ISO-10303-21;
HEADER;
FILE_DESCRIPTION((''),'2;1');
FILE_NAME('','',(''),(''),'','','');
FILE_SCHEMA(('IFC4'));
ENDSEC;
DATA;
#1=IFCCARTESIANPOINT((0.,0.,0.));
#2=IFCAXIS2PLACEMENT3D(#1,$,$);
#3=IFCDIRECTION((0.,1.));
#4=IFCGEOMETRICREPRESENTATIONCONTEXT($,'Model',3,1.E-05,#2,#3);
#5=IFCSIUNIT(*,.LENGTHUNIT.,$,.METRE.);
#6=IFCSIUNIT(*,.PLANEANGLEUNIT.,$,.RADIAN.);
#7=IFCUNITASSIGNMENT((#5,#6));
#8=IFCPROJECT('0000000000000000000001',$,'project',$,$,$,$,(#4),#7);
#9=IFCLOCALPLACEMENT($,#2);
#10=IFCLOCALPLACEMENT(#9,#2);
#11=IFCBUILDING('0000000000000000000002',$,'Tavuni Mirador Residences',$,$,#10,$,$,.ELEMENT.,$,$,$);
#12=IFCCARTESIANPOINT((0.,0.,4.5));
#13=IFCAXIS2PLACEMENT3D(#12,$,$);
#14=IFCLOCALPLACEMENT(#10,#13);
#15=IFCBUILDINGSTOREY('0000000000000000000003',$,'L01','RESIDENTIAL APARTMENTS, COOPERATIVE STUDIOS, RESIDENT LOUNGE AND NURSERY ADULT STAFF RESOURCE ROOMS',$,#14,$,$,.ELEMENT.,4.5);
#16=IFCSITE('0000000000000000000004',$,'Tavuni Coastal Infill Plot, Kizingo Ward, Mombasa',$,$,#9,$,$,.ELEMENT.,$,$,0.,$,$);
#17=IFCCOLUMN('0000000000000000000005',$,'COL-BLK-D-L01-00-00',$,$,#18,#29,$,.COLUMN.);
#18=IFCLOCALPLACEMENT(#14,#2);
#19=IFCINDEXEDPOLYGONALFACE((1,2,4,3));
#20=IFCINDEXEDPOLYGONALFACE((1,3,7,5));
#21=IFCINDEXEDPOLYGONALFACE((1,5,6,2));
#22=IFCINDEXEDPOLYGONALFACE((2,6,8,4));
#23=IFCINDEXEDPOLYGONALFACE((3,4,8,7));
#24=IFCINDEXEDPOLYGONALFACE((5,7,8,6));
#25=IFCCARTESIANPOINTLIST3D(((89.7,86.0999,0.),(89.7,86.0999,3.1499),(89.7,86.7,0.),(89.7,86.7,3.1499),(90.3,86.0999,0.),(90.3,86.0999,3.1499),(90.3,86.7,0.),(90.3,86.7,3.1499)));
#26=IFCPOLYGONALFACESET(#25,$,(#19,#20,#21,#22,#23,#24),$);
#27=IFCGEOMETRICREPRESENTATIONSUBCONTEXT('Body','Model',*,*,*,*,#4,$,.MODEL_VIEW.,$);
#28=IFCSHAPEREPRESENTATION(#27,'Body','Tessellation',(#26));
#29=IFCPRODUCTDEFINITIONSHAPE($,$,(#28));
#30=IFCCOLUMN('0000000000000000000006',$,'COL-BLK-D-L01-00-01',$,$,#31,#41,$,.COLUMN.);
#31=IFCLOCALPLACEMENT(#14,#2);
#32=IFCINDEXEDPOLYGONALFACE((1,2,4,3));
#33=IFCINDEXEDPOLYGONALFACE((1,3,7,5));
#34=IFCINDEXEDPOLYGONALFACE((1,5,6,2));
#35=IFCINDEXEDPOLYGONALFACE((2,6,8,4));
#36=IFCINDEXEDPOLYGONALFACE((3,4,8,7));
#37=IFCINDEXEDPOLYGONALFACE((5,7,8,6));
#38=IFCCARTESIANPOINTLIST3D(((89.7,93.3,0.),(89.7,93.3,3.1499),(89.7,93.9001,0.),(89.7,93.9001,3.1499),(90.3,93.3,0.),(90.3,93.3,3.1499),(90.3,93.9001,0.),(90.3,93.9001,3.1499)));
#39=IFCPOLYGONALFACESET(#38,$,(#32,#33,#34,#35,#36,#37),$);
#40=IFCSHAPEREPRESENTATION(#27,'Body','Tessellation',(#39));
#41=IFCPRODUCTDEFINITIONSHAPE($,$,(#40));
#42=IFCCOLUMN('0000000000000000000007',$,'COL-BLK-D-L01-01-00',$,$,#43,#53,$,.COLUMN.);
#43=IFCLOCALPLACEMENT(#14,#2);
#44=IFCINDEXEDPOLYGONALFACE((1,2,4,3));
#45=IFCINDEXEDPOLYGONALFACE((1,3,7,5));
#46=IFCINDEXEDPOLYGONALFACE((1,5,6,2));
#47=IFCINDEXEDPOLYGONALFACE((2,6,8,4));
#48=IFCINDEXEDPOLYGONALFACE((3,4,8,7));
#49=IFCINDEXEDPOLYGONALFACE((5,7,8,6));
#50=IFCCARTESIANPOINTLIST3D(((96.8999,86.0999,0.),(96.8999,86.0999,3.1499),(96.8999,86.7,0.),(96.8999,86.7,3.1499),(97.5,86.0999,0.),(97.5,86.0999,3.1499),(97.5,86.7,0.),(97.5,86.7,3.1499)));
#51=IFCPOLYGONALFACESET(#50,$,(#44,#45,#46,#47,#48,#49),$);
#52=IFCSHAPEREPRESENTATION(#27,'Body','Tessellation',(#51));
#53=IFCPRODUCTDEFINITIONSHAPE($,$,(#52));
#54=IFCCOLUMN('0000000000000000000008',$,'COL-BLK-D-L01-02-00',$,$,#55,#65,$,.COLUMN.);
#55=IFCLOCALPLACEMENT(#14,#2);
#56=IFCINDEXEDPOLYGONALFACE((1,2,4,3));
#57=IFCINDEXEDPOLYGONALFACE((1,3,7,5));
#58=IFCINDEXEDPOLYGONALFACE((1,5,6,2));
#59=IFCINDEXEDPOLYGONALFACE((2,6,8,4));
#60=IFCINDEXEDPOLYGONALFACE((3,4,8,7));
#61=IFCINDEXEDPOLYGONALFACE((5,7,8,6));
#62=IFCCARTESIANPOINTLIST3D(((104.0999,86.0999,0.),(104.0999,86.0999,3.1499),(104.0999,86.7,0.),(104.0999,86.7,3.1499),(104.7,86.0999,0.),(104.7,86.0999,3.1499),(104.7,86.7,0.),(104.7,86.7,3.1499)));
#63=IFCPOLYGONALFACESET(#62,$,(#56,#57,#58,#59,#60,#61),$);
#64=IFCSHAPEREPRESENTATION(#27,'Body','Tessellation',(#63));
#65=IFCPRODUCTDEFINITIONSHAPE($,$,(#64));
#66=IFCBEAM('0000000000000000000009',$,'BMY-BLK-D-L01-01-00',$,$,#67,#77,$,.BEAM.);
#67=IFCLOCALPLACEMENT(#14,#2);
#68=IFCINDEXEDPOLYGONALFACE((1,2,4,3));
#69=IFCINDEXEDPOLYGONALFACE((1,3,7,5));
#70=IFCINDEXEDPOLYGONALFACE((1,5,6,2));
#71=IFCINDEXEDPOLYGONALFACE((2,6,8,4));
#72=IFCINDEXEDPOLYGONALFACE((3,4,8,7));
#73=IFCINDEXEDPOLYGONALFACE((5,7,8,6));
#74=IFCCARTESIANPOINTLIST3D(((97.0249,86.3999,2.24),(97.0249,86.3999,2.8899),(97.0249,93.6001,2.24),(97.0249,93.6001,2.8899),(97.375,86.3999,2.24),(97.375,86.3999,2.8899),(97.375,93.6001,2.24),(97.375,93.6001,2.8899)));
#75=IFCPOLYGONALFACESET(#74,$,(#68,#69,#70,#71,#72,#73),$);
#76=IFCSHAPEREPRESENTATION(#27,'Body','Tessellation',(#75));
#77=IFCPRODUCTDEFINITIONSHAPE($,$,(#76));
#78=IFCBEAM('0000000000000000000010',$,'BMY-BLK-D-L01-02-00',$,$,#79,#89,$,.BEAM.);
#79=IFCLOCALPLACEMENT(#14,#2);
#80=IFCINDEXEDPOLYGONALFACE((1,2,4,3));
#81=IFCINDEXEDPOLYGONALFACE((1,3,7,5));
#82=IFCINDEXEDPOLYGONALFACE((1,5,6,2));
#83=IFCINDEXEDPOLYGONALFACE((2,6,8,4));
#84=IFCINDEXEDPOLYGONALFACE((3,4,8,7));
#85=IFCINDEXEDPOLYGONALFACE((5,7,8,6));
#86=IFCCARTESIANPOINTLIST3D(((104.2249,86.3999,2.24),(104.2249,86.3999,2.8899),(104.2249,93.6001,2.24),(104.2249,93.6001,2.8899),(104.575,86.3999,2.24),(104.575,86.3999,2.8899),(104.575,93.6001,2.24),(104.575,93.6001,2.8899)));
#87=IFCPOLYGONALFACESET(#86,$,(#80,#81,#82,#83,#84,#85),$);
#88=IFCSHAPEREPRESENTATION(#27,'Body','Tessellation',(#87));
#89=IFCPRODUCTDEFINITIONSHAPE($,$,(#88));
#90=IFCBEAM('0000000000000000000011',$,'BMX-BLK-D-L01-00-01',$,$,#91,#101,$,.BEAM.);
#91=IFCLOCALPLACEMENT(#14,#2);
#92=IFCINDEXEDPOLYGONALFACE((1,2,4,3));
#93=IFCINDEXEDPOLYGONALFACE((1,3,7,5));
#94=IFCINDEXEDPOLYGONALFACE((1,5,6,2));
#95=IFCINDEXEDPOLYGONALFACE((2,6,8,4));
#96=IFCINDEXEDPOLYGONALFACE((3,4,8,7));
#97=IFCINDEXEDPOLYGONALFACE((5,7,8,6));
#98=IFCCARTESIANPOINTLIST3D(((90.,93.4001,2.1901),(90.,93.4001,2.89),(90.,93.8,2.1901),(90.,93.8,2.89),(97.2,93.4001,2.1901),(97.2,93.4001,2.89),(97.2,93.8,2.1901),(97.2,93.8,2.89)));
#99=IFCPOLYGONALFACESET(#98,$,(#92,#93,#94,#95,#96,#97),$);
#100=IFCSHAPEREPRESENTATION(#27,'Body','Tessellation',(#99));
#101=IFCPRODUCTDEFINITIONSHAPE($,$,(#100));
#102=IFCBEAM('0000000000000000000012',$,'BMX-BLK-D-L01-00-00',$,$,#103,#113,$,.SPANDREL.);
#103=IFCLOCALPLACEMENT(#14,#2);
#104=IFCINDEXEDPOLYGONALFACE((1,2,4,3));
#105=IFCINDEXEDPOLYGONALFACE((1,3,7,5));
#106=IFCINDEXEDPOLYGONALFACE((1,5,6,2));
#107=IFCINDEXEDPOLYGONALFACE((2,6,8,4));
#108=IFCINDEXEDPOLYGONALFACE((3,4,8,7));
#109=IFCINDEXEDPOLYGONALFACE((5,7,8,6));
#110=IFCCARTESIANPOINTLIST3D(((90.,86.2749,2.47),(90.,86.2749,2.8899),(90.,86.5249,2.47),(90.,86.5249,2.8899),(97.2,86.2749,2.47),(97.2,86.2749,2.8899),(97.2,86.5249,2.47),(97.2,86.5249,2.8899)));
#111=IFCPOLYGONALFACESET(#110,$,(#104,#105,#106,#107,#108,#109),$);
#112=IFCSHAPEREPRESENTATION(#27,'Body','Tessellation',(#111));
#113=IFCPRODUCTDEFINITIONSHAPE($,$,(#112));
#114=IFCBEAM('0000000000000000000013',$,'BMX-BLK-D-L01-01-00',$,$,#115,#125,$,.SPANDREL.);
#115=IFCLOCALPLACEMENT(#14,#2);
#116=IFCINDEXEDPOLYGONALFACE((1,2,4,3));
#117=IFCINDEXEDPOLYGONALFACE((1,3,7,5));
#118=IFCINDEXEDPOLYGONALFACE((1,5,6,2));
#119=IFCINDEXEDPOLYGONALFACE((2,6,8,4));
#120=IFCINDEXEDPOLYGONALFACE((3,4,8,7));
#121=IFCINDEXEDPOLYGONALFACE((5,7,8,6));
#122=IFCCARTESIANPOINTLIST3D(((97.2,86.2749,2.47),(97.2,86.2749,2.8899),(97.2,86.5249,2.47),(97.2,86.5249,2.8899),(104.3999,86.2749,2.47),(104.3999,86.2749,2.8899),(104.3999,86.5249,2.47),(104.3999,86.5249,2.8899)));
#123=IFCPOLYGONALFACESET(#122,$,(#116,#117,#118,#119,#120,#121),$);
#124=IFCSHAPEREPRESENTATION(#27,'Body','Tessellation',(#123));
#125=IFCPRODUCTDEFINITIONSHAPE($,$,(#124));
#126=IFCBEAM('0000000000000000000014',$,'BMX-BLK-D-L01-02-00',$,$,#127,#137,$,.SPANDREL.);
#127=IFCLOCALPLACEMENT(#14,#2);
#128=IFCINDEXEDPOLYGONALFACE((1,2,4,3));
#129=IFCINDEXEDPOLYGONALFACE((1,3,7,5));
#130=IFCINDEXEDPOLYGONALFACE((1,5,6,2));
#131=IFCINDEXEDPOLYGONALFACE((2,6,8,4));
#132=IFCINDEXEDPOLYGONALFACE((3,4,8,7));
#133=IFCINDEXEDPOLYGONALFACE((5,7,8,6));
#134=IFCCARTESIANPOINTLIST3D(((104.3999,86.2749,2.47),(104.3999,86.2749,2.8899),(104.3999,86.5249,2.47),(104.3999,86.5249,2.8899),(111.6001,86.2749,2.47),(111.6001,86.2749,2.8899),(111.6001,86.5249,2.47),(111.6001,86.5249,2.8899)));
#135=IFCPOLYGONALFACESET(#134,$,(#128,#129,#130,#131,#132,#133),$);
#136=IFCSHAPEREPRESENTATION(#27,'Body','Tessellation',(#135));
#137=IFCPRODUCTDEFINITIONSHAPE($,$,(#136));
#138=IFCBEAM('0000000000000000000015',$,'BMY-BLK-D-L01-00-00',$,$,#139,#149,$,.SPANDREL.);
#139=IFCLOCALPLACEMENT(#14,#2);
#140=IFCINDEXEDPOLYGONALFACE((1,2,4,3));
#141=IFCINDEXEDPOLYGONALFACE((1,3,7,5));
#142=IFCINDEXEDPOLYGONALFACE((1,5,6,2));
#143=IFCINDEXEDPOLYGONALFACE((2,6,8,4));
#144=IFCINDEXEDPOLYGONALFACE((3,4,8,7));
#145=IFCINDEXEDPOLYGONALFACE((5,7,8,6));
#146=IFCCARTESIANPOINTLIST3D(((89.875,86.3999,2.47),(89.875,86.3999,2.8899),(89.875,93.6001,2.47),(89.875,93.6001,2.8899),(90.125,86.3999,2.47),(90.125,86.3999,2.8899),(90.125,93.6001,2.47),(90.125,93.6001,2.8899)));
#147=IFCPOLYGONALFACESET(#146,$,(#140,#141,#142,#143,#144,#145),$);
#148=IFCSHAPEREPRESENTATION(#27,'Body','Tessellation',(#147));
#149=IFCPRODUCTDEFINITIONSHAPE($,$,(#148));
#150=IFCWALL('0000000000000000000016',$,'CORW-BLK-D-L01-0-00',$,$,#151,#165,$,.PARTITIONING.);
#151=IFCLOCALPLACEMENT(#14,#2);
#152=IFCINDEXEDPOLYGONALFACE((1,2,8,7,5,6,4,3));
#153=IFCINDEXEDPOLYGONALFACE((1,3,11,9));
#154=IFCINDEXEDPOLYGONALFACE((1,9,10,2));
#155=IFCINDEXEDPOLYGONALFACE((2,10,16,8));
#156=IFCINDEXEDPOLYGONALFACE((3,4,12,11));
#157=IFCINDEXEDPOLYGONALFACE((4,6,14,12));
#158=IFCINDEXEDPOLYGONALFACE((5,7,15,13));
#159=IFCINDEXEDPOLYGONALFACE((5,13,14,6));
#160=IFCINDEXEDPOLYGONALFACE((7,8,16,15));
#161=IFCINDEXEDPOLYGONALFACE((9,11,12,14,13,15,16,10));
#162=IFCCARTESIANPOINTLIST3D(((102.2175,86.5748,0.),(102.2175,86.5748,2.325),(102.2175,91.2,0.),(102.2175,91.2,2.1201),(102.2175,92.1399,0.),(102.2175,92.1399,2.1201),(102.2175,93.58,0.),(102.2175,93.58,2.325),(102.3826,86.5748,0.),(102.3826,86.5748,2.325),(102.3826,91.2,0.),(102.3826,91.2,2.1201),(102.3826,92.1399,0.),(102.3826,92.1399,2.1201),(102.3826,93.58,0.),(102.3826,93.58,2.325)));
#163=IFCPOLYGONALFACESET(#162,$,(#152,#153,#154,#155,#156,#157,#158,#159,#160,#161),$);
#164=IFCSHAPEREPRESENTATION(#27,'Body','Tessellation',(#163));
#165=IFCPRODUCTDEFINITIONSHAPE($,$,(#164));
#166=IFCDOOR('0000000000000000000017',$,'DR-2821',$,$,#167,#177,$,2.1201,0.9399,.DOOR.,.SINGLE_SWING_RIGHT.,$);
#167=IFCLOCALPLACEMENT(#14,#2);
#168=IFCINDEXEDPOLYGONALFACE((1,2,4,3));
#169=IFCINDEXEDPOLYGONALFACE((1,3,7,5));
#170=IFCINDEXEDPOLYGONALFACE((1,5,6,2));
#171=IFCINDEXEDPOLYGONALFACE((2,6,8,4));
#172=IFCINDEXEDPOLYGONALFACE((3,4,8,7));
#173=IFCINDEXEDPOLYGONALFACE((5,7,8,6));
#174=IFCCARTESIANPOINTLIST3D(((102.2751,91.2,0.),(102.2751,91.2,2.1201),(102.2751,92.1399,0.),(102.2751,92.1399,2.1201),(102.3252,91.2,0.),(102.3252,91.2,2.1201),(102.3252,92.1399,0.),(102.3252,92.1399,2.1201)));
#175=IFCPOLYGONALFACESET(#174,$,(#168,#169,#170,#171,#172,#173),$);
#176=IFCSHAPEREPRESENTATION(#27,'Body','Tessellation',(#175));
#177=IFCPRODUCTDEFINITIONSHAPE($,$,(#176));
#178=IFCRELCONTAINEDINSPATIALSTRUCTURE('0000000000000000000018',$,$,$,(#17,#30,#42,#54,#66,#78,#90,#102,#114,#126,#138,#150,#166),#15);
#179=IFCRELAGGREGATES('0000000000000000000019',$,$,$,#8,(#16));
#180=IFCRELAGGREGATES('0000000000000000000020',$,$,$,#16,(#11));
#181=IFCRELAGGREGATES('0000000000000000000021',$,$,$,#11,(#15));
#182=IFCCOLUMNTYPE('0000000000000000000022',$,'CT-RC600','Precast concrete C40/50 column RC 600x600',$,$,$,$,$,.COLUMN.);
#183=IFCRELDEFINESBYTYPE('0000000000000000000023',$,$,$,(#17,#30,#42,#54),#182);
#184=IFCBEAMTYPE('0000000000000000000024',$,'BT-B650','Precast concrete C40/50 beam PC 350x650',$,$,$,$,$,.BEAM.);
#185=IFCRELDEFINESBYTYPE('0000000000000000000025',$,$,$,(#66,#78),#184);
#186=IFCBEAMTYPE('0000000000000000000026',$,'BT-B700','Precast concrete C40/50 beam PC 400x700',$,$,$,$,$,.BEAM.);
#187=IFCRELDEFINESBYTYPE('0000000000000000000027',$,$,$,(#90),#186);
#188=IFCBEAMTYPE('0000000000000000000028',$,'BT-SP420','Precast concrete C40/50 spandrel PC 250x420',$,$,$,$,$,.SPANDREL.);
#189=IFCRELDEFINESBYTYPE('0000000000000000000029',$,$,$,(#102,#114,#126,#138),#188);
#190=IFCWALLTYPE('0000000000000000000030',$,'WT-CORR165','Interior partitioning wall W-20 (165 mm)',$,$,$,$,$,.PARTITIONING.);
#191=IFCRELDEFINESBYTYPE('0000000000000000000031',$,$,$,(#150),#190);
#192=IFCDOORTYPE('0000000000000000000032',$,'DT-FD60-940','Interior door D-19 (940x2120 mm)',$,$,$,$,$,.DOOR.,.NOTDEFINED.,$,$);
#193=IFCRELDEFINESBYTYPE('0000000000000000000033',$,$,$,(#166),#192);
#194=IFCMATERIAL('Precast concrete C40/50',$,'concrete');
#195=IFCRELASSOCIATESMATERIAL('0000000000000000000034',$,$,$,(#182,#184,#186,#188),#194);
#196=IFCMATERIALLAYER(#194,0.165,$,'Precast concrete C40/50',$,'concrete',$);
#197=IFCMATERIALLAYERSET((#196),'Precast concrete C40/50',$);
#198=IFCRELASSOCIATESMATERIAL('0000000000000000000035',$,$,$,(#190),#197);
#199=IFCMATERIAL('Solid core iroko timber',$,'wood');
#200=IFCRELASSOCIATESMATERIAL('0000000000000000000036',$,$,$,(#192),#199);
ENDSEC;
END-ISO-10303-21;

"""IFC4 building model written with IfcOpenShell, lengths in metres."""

from ifc_helpers import new_model, si_unit, direction, frame, frame_2d, origin, origin_2d, place, context, subcontext, project, spatial, rectangle, extrude, material, layer, layer_set, material_profile, profile_set, type_object, element, fill, save


model = new_model("IFC4")

# Units and contexts
model_context = context("Model", 3, precision=1e-05, world=origin(), true_north=direction((0.0, 1.0)))
body_context = subcontext(model_context, "Body", "Model", "MODEL_VIEW")
ifc_project = project(units=[si_unit("LENGTHUNIT", "METRE"), si_unit("PLANEANGLEUNIT", "RADIAN")], contexts=[model_context])

# Site, building, storey
site_placement = place(None, origin())
site = spatial("IfcSite", under=ifc_project, at=site_placement, Name="Tavuni Coastal Infill Plot, Kizingo Ward, Mombasa", CompositionType="ELEMENT", RefElevation=0.0)
building_placement = place(site_placement, origin())
building = spatial("IfcBuilding", under=site, at=building_placement, Name="Tavuni Mirador Residences", CompositionType="ELEMENT")
storey_placement = place(building_placement, frame((0.0, 0.0, 4.5)))
storey = spatial("IfcBuildingStorey", under=building, at=storey_placement, Name="L01", Description="RESIDENTIAL APARTMENTS, COOPERATIVE STUDIOS, RESIDENT LOUNGE AND NURSERY ADULT STAFF RESOURCE ROOMS", CompositionType="ELEMENT", Elevation=4.5)

# Columns
ifc_material_1 = material(Name="Precast concrete C40/50", Category="concrete")
ifc_material_profile_1 = material_profile(ifc_material_1, rectangle(XDim=0.6001, YDim=0.6001, at=origin_2d()), Name="RC 600x600", Category="concrete")
ifc_profile_set_1 = profile_set([ifc_material_profile_1], Name="Precast concrete C40/50")
column_type = type_object("IfcColumnType", Name="CT-RC600", Description="Precast concrete C40/50 column RC 600x600", PredefinedType="COLUMN", material=ifc_profile_set_1)
for number, where, z_axis, x_axis, name in (
    (1, (90.0, 86.3999, 0.0), (0.0, 0.0, 1.0), (1.0, 0.0, 0.0), "COL-BLK-D-L01-00-00"),
    (2, (90.0, 93.6001, 0.0), (0.0, 0.0, 1.0), (1.0, 0.0, 0.0), "COL-BLK-D-L01-00-01"),
    (3, (97.2, 86.3999, 0.0), (0.0, 0.0, 1.0), (1.0, 0.0, 0.0), "COL-BLK-D-L01-01-00"),
    (4, (104.3999, 86.3999, 0.0), (0.0, 0.0, 1.0), (1.0, 0.0, 0.0), "COL-BLK-D-L01-02-00"),
):
    element("IfcColumn", number, at=place(storey_placement, frame(where, z_axis=z_axis, x_axis=x_axis)), inside=storey, type_object=column_type, Name=name, PredefinedType="COLUMN", context=body_context, shape_type="SweptSolid", body=[
        extrude(rectangle(XDim=0.6001, YDim=0.6001, at=origin_2d()), origin(), (0.0, 0.0, 1.0), 3.1499),
    ])

# Beams
ifc_material_profile_2 = material_profile(ifc_material_1, rectangle(XDim=0.3501, YDim=0.6499, at=origin_2d()), Name="PC 350x650", Category="concrete")
ifc_profile_set_2 = profile_set([ifc_material_profile_2], Name="Precast concrete C40/50")
beam_type_1 = type_object("IfcBeamType", Name="BT-B650", Description="Precast concrete C40/50 beam PC 350x650", PredefinedType="BEAM", material=ifc_profile_set_2)
for number, where, z_axis, x_axis, name in (
    (5, (97.2, 86.3999, 2.5649), (0.0, 1.0, 0.0), (-1.0, 0.0, 0.0), "BMY-BLK-D-L01-01-00"),
    (6, (104.3999, 86.3999, 2.5649), (0.0, 1.0, 0.0), (-1.0, 0.0, 0.0), "BMY-BLK-D-L01-02-00"),
):
    element("IfcBeam", number, at=place(storey_placement, frame(where, z_axis=z_axis, x_axis=x_axis)), inside=storey, type_object=beam_type_1, Name=name, PredefinedType="BEAM", context=body_context, shape_type="SweptSolid", body=[
        extrude(rectangle(XDim=0.3501, YDim=0.6499, at=origin_2d()), origin(), (0.0, 0.0, 1.0), 7.2002),
    ])
ifc_material_profile_3 = material_profile(ifc_material_1, rectangle(XDim=0.3999, YDim=0.7, at=origin_2d()), Name="PC 400x700", Category="concrete")
ifc_profile_set_3 = profile_set([ifc_material_profile_3], Name="Precast concrete C40/50")
beam_type_2 = type_object("IfcBeamType", Name="BT-B700", Description="Precast concrete C40/50 beam PC 400x700", PredefinedType="BEAM", material=ifc_profile_set_3)
beam_placement = place(storey_placement, frame((90.0, 93.6001, 2.54), z_axis=(1.0, 0.0, 0.0), x_axis=(0.0, 1.0, 0.0)))
element("IfcBeam", 7, at=beam_placement, inside=storey, type_object=beam_type_2, Name="BMX-BLK-D-L01-00-01", PredefinedType="BEAM", context=body_context, shape_type="SweptSolid", body=[
    extrude(rectangle(XDim=0.3999, YDim=0.7, at=origin_2d()), origin(), (0.0, 0.0, 1.0), 7.2),
])
ifc_material_profile_4 = material_profile(ifc_material_1, rectangle(XDim=0.25, YDim=0.4199, at=origin_2d()), Name="PC 250x420", Category="concrete")
ifc_profile_set_4 = profile_set([ifc_material_profile_4], Name="Precast concrete C40/50")
beam_type_3 = type_object("IfcBeamType", Name="BT-SP420", Description="Precast concrete C40/50 spandrel PC 250x420", PredefinedType="SPANDREL", material=ifc_profile_set_4)
for number, where, z_axis, x_axis, name in (
    (8, (90.0, 86.3999, 2.6799), (1.0, 0.0, 0.0), (0.0, 1.0, 0.0), "BMX-BLK-D-L01-00-00"),
    (9, (97.2, 86.3999, 2.6799), (1.0, 0.0, 0.0), (0.0, 1.0, 0.0), "BMX-BLK-D-L01-01-00"),
):
    element("IfcBeam", number, at=place(storey_placement, frame(where, z_axis=z_axis, x_axis=x_axis)), inside=storey, type_object=beam_type_3, Name=name, PredefinedType="SPANDREL", context=body_context, shape_type="SweptSolid", body=[
        extrude(rectangle(XDim=0.25, YDim=0.4199, at=origin_2d()), origin(), (0.0, 0.0, 1.0), 7.2),
    ])
for number, where, z_axis, x_axis, name in (
    (10, (104.3999, 86.3999, 2.6799), (1.0, 0.0, 0.0), (0.0, 1.0, 0.0), "BMX-BLK-D-L01-02-00"),
    (11, (90.0, 86.3999, 2.6799), (0.0, 1.0, 0.0), (-1.0, 0.0, 0.0), "BMY-BLK-D-L01-00-00"),
):
    element("IfcBeam", number, at=place(storey_placement, frame(where, z_axis=z_axis, x_axis=x_axis)), inside=storey, type_object=beam_type_3, Name=name, PredefinedType="SPANDREL", context=body_context, shape_type="SweptSolid", body=[
        extrude(rectangle(XDim=0.25, YDim=0.4199, at=origin_2d()), origin(), (0.0, 0.0, 1.0), 7.2002),
    ])

# Wall, opening, door
ifc_layer_1 = layer(ifc_material_1, 0.165, Name="Precast concrete C40/50", Category="concrete")
ifc_layer_set_1 = layer_set([ifc_layer_1], Name="Precast concrete C40/50")
wall_type_1 = type_object("IfcWallType", Name="WT-CORR165", Description="Interior partitioning wall W-20 (165 mm)", PredefinedType="PARTITIONING", material=ifc_layer_set_1)
wall_1_placement = place(storey_placement, frame((102.3, 86.575, 0.0), z_axis=(0.0, 0.0, 1.0), x_axis=(0.0, 1.0, 0.0)))
wall_1 = element("IfcWall", 12, at=wall_1_placement, inside=storey, type_object=wall_type_1, Name="CORW-BLK-D-L01-0-00", PredefinedType="PARTITIONING", context=body_context, shape_type="SweptSolid", body=[
    extrude(rectangle(XDim=7.0051, YDim=0.165, at=frame_2d((3.5024, 0.0))), origin(), (0.0, 0.0, 1.0), 2.325),
])
opening_1_placement = place(wall_1_placement, frame((4.625, 0.0, 0.0)))
opening_1 = element("IfcOpeningElement", 13, at=opening_1_placement, cuts=wall_1, PredefinedType="OPENING", context=body_context, shape_type="SweptSolid", body=[
    extrude(rectangle(XDim=0.9399, YDim=2.1201, at=frame_2d((0.47, 1.0601))), frame((0.0, 0.0925, 0.0), z_axis=(0.0, -1.0, 0.0), x_axis=(1.0, 0.0, 0.0)), (0.0, 0.0, 1.0), 0.1851),
])
ifc_material_2 = material(Name="Solid core iroko timber", Category="wood")
door_type_1 = type_object("IfcDoorType", Name="DT-FD60-940", Description="Interior door D-19 (940x2120 mm)", OperationType="NOTDEFINED", PredefinedType="DOOR", material=ifc_material_2)
door_1_placement = place(opening_1_placement, origin())
door_1 = element("IfcDoor", 14, at=door_1_placement, inside=storey, type_object=door_type_1, Name="DR-2821", OperationType="SINGLE_SWING_RIGHT", OverallHeight=2.1201, OverallWidth=0.9399, PredefinedType="DOOR", context=body_context, shape_type="SweptSolid", body=[
    extrude(rectangle(XDim=0.9399, YDim=2.1201, at=frame_2d((0.47, 1.0601))), frame((0.0, 0.0249, 0.0), z_axis=(0.0, -1.0, 0.0), x_axis=(1.0, 0.0, 0.0)), (0.0, 0.0, 1.0), 0.05),
])
fill(opening_1, door_1)

save(model, "model.ifc")
